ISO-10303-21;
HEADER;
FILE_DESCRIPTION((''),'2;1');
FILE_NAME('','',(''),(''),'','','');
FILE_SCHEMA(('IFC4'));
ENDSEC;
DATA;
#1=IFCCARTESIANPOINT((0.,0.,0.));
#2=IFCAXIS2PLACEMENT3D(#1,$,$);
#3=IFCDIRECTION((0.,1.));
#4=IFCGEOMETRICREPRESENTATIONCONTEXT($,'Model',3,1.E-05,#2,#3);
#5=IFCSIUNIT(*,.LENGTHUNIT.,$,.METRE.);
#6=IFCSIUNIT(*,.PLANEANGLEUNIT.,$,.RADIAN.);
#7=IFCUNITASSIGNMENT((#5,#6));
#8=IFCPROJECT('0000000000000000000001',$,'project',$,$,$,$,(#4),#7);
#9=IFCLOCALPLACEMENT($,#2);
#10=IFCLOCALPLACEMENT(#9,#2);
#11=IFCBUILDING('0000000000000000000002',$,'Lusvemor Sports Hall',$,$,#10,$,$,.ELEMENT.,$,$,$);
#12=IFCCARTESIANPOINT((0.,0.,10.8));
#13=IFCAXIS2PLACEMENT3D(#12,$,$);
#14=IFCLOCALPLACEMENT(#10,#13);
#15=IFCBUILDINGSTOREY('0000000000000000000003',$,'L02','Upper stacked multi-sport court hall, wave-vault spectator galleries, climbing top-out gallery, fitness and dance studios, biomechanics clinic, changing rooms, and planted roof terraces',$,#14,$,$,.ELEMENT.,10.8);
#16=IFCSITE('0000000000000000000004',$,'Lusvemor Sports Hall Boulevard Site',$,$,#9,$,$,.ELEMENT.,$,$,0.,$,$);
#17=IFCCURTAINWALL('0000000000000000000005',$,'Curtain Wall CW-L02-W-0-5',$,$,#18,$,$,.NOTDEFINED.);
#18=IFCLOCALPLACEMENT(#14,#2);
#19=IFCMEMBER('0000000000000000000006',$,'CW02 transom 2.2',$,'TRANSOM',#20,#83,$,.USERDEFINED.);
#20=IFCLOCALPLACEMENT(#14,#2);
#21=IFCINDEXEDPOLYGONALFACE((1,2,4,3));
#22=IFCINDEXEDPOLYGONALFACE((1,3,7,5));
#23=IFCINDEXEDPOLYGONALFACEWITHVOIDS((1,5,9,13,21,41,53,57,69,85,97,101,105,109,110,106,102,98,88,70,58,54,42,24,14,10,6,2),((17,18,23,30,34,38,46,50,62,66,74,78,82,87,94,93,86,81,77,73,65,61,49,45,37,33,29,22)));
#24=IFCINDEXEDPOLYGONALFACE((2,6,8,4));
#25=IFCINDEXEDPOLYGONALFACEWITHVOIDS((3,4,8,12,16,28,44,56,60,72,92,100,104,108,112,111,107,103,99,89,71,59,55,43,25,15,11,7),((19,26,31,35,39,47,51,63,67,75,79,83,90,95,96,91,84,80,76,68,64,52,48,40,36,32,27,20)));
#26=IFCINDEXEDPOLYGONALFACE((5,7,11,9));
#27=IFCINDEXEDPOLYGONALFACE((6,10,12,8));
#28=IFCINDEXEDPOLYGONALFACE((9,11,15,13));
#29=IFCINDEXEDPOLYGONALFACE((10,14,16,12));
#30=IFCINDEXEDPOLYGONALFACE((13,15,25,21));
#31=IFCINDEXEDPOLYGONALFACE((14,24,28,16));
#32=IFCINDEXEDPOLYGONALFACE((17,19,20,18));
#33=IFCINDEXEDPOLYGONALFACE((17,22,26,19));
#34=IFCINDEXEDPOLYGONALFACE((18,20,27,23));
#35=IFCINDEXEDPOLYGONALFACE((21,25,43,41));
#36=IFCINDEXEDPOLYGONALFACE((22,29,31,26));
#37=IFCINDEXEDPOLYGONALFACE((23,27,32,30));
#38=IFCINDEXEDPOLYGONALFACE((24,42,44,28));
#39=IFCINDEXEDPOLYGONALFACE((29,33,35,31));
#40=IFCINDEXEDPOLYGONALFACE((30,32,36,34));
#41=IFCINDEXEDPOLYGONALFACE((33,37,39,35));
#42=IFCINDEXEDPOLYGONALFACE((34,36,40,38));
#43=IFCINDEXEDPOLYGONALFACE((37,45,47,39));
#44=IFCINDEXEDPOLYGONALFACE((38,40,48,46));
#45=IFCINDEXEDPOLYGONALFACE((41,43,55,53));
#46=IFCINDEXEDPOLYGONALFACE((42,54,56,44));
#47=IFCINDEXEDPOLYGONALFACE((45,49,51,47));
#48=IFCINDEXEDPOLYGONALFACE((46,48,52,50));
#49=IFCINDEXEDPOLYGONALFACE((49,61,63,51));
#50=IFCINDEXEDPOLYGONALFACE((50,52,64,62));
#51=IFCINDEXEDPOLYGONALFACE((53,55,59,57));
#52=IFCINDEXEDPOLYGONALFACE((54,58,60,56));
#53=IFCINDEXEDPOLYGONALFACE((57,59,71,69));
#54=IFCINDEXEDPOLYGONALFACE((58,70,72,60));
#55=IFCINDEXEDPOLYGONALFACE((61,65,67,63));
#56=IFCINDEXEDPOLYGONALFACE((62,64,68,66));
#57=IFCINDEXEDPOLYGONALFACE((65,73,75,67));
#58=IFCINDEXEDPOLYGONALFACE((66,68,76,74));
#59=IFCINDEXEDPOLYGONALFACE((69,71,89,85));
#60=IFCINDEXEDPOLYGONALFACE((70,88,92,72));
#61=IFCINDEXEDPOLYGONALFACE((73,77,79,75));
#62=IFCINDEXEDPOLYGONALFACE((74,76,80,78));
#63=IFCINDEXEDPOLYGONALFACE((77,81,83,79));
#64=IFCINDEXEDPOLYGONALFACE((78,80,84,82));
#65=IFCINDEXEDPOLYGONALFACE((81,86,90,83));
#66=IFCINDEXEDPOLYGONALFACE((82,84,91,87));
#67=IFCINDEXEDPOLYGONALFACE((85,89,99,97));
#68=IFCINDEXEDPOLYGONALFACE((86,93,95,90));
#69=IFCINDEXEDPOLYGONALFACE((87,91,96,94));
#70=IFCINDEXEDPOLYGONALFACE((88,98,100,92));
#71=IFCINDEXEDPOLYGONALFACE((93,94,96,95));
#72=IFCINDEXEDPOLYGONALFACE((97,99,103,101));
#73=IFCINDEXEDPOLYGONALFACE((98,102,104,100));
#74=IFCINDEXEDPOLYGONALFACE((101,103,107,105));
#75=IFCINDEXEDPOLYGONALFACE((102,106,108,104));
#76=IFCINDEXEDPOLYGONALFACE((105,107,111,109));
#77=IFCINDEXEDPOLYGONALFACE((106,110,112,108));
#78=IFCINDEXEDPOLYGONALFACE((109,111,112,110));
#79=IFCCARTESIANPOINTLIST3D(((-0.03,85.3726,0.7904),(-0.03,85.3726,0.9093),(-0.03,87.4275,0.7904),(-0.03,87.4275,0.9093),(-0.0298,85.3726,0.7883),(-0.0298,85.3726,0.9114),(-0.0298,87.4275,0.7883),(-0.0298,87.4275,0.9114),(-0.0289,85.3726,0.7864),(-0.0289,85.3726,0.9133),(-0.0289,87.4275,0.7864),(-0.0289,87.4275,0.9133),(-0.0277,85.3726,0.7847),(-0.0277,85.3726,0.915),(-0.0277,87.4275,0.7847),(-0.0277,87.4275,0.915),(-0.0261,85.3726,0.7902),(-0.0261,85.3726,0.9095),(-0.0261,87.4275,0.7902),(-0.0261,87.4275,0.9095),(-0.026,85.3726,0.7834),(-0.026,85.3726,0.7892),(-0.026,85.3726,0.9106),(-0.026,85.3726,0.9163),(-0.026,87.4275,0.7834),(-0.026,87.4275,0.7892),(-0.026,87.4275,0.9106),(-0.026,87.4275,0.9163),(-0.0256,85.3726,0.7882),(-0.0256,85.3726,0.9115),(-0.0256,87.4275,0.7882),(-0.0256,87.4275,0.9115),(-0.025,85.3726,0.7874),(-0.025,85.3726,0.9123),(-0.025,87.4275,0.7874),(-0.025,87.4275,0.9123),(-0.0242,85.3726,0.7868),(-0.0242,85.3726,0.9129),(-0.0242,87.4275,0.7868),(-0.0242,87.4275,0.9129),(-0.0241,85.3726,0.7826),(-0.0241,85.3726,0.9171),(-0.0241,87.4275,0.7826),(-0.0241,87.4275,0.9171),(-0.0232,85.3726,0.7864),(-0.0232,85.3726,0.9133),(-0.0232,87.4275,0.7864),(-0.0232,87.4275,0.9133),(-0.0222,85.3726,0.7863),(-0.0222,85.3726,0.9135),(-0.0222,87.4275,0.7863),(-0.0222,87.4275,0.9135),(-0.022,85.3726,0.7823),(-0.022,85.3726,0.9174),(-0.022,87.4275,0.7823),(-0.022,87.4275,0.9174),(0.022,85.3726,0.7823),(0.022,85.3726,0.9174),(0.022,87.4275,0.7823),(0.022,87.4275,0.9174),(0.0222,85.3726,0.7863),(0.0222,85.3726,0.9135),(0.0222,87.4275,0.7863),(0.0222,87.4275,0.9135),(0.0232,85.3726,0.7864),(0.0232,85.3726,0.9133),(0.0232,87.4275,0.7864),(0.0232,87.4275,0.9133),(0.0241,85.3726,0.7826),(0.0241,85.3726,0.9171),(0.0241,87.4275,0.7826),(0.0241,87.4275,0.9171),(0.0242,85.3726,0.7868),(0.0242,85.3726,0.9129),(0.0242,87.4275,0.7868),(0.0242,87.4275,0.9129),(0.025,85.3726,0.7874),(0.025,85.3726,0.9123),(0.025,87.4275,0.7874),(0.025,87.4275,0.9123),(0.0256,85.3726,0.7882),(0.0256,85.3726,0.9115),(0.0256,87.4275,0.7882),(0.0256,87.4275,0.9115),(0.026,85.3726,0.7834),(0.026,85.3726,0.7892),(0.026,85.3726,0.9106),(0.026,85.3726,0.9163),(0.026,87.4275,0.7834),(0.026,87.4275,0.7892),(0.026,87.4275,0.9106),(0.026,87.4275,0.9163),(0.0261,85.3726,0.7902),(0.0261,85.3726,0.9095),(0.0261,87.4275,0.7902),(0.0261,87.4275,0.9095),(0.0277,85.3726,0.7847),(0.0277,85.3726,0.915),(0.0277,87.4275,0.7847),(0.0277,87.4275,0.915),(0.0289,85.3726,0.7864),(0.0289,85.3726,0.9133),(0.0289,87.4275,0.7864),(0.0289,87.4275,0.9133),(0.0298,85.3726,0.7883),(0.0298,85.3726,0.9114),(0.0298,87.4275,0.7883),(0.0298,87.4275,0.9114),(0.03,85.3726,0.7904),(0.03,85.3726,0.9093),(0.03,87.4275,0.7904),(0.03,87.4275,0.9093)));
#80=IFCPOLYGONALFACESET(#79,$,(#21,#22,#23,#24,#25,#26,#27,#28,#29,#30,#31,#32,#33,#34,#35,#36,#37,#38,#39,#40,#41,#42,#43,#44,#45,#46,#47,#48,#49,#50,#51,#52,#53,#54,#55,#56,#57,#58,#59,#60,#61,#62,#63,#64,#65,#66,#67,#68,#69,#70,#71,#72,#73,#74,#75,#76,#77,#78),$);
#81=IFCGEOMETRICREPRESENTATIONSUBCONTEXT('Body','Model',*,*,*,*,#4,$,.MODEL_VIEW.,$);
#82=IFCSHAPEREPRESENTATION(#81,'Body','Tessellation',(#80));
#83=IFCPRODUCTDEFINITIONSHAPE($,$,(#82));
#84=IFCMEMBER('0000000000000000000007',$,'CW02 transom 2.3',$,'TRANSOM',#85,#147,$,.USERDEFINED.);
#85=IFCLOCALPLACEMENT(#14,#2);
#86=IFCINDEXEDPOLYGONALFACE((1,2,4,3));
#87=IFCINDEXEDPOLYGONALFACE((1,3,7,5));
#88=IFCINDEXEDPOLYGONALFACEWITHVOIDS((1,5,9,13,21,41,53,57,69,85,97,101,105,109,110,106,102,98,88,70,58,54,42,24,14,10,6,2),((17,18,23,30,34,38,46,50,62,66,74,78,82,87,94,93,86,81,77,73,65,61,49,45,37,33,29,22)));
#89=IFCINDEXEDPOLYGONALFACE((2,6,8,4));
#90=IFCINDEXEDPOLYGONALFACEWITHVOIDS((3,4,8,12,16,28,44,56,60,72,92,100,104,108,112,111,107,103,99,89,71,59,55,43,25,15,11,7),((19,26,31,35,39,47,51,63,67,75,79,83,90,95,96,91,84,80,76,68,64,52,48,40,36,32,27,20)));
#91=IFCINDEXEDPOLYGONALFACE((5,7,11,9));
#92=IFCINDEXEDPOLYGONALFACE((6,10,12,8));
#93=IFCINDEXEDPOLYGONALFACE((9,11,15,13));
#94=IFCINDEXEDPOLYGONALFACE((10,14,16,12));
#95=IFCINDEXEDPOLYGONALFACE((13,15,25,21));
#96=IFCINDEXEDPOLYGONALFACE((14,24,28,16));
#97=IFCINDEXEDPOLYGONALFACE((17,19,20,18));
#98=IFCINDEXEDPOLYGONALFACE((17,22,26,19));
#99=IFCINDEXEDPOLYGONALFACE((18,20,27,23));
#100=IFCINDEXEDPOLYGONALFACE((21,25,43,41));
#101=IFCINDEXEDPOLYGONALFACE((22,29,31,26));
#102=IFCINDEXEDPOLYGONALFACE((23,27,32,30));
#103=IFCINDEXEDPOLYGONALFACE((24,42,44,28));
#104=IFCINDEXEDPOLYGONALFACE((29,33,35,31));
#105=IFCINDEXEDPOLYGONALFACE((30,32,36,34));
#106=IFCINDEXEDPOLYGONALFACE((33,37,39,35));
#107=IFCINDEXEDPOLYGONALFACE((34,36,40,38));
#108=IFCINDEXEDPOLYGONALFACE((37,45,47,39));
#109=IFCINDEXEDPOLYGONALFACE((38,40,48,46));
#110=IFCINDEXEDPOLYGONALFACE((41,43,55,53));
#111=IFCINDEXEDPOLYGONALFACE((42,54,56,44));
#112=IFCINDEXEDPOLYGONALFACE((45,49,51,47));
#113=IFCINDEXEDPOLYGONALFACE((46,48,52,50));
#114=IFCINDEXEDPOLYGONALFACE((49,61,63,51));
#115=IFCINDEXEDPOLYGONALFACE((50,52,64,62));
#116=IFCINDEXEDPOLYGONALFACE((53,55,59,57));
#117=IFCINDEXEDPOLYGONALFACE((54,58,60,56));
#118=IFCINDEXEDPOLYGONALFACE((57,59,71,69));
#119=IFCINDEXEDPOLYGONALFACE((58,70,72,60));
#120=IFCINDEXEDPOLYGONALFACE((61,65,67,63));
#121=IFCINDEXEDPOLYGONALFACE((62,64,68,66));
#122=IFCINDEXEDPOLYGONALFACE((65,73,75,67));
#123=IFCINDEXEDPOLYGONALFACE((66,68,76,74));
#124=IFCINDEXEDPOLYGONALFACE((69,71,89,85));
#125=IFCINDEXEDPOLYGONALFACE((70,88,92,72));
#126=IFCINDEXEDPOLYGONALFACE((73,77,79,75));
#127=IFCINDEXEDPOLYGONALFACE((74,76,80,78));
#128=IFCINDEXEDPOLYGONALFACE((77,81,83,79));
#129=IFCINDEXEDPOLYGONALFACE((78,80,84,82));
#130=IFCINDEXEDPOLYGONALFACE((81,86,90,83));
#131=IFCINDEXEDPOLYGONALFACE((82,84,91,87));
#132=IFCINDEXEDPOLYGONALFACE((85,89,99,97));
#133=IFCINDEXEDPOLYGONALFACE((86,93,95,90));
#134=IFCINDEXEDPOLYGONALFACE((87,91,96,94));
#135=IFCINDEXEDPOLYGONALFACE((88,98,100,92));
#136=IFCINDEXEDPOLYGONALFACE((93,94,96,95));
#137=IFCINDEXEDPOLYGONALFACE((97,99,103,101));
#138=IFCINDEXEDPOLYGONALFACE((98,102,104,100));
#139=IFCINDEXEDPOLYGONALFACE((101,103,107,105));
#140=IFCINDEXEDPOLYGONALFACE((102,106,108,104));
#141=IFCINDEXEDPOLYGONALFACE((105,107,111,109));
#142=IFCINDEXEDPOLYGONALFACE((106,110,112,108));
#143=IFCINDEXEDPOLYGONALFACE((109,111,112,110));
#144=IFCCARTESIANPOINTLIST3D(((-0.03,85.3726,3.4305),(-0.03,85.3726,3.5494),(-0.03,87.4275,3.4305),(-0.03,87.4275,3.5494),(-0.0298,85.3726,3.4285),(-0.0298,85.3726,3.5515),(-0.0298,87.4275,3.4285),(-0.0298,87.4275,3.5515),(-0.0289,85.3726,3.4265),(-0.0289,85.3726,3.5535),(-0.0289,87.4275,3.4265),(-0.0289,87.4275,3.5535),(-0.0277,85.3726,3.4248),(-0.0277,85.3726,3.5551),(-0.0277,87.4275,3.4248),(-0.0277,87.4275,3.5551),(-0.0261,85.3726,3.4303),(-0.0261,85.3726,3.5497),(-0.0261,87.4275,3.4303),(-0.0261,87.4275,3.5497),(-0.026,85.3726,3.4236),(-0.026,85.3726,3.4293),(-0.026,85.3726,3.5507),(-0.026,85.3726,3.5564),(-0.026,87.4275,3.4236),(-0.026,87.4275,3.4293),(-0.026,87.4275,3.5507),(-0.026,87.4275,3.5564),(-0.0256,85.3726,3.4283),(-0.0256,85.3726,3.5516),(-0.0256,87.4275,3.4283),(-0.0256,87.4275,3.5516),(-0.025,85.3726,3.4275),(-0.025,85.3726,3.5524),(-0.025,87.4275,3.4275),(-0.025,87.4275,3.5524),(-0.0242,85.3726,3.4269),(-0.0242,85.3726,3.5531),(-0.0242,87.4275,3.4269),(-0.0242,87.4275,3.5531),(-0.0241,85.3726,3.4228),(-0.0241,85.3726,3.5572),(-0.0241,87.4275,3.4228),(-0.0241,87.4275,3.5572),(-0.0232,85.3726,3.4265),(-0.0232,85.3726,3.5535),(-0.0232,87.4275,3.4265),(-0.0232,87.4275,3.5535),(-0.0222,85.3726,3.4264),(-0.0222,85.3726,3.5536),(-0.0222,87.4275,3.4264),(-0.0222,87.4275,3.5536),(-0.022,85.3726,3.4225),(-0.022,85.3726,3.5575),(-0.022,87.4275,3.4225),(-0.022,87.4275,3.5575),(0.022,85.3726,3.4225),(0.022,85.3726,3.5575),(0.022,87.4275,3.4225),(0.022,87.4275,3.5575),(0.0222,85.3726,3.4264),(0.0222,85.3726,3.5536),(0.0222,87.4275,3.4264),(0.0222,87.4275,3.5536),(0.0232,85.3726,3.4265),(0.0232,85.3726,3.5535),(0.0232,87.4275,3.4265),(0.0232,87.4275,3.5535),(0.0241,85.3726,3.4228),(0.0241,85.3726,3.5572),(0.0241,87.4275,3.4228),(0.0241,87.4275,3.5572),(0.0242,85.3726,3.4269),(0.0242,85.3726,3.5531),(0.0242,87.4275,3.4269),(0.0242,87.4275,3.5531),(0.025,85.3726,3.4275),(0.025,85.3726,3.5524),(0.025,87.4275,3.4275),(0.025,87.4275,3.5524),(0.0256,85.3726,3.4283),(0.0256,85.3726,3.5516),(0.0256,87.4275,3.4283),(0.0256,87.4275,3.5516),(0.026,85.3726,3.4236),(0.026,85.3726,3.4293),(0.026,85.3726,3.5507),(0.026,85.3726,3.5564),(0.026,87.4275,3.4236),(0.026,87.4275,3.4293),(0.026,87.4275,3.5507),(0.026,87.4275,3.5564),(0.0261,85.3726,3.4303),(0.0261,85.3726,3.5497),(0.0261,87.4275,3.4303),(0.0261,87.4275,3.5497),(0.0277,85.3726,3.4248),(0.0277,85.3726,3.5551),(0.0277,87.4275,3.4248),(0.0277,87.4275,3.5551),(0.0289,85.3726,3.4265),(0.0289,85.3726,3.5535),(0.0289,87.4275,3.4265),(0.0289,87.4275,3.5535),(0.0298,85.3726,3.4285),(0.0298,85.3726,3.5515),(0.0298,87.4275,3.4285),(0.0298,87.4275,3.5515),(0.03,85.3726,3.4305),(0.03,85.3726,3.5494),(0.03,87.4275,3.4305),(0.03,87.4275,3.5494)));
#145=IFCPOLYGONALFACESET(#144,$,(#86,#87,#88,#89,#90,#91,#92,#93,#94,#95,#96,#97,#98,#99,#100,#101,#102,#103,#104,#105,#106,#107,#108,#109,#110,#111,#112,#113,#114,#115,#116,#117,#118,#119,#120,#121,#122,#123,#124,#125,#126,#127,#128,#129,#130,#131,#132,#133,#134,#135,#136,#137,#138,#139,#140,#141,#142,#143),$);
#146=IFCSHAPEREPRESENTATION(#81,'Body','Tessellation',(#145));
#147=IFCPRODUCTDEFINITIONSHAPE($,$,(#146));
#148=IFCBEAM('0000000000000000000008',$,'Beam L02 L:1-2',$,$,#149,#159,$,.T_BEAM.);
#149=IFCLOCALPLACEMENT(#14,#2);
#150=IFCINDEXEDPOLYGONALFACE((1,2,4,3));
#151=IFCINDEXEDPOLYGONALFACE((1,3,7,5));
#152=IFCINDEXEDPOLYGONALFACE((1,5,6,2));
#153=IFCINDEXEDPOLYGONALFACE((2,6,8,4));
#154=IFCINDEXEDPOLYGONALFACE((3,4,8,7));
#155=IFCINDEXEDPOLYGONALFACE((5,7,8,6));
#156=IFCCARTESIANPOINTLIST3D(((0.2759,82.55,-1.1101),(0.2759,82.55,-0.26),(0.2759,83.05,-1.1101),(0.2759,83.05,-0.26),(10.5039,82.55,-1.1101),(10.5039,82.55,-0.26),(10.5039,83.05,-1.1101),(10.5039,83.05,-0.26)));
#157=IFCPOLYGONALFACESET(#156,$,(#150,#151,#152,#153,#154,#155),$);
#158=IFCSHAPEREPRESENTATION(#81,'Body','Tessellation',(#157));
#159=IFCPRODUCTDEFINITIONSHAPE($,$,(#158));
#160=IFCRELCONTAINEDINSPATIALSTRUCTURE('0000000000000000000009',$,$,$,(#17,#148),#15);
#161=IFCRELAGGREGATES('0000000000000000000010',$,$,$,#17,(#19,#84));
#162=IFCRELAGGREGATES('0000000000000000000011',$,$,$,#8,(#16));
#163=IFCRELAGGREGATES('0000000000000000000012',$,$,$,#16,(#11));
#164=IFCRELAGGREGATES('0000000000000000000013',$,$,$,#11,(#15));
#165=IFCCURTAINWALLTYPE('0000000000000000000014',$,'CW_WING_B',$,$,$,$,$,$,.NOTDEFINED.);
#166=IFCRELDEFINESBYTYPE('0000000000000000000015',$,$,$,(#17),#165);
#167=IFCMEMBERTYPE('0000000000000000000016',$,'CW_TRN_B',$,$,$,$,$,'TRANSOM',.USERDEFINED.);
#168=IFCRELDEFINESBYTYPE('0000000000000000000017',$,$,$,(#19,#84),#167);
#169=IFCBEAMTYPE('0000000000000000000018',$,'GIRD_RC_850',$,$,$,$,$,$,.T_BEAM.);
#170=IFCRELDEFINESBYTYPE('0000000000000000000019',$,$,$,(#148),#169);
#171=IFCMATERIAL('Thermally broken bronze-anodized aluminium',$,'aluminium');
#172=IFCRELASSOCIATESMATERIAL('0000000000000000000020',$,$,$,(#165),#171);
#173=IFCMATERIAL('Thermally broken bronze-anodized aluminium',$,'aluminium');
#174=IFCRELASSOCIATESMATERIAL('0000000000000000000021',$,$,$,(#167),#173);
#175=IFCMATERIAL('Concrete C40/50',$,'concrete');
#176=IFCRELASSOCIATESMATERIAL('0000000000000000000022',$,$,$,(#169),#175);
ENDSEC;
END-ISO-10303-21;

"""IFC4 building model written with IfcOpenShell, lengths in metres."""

from ifc_helpers import new_model, si_unit, direction, frame, origin, origin_2d, place, context, subcontext, project, spatial, rectangle, hollow_rectangle, extrude, material, material_profile, profile_set, type_object, element, aggregate, save


model = new_model("IFC4")

# Units and contexts
model_context = context("Model", 3, precision=1e-05, world=origin(), true_north=direction((0.0, 1.0)))
body_context = subcontext(model_context, "Body", "Model", "MODEL_VIEW")
ifc_project = project(units=[si_unit("LENGTHUNIT", "METRE"), si_unit("PLANEANGLEUNIT", "RADIAN")], contexts=[model_context])

# Site, building, storey
site_placement = place(None, origin())
site = spatial("IfcSite", under=ifc_project, at=site_placement, Name="Lusvemor Sports Hall Boulevard Site", CompositionType="ELEMENT", RefElevation=0.0)
building_placement = place(site_placement, origin())
building = spatial("IfcBuilding", under=site, at=building_placement, Name="Lusvemor Sports Hall", CompositionType="ELEMENT")
storey_placement = place(building_placement, frame((0.0, 0.0, 10.8)))
storey = spatial("IfcBuildingStorey", under=building, at=storey_placement, Name="L02", Description="Upper stacked multi-sport court hall, wave-vault spectator galleries, climbing top-out gallery, fitness and dance studios, biomechanics clinic, changing rooms, and planted roof terraces", CompositionType="ELEMENT", Elevation=10.8)

# Curtain wall, members
ifc_material_1 = material(Name="Thermally broken bronze-anodized aluminium", Category="aluminium")
curtain_wall_type = type_object("IfcCurtainWallType", Name="CW_WING_B", PredefinedType="NOTDEFINED", material=ifc_material_1)
curtain_wall_placement = place(storey_placement, origin())
curtain_wall = element("IfcCurtainWall", 1, at=curtain_wall_placement, inside=storey, type_object=curtain_wall_type, Name="Curtain Wall CW-L02-W-0-5", PredefinedType="NOTDEFINED")
ifc_material_2 = material(Name="Thermally broken bronze-anodized aluminium", Category="aluminium")
ifc_material_profile_1 = material_profile(ifc_material_2, hollow_rectangle(XDim=0.0601, YDim=0.135, WallThickness=0.0039, InnerFilletRadius=0.0039, OuterFilletRadius=0.0081, at=origin_2d()), Name="CWTRN135x60x4")
ifc_profile_set_1 = profile_set([ifc_material_profile_1], Name="Thermally broken bronze-anodized aluminium")
member_type_1 = type_object("IfcMemberType", Name="CW_TRN_B", ElementType="TRANSOM", PredefinedType="USERDEFINED", material=ifc_profile_set_1)
member_1_placement = place(storey_placement, frame((0.0, 85.3726, 0.8499), z_axis=(0.0, 1.0, 0.0), x_axis=(-1.0, 0.0, 0.0)))
member_1 = element("IfcMember", 2, at=member_1_placement, type_object=member_type_1, Name="CW02 transom 2.2", ObjectType="TRANSOM", PredefinedType="USERDEFINED", context=body_context, shape_type="SweptSolid", body=[
    extrude(hollow_rectangle(XDim=0.0601, YDim=0.135, WallThickness=0.0039, InnerFilletRadius=0.0039, OuterFilletRadius=0.0081, at=origin_2d()), origin(), (0.0, 0.0, 1.0), 2.0549),
])
member_2_placement = place(storey_placement, frame((0.0, 85.3726, 3.49), z_axis=(0.0, 1.0, 0.0), x_axis=(-1.0, 0.0, 0.0)))
member_2 = element("IfcMember", 3, at=member_2_placement, type_object=member_type_1, Name="CW02 transom 2.3", ObjectType="TRANSOM", PredefinedType="USERDEFINED", context=body_context, shape_type="SweptSolid", body=[
    extrude(hollow_rectangle(XDim=0.0601, YDim=0.135, WallThickness=0.0039, InnerFilletRadius=0.0039, OuterFilletRadius=0.0081, at=origin_2d()), origin(), (0.0, 0.0, 1.0), 2.0549),
])

# Beam
ifc_material_3 = material(Name="Concrete C40/50", Category="concrete")
ifc_material_profile_2 = material_profile(ifc_material_3, rectangle(XDim=0.5, YDim=0.8501, at=origin_2d()), Name="RC500x850")
ifc_profile_set_2 = profile_set([ifc_material_profile_2], Name="Concrete C40/50")
beam_type_1 = type_object("IfcBeamType", Name="GIRD_RC_850", PredefinedType="T_BEAM", material=ifc_profile_set_2)
beam_1_placement = place(storey_placement, frame((0.2759, 82.8, -0.6851), z_axis=(1.0, 0.0, 0.0), x_axis=(0.0, 1.0, 0.0)))
element("IfcBeam", 4, at=beam_1_placement, inside=storey, type_object=beam_type_1, Name="Beam L02 L:1-2", PredefinedType="T_BEAM", context=body_context, shape_type="SweptSolid", body=[
    extrude(rectangle(XDim=0.5, YDim=0.8501, at=origin_2d()), origin(), (0.0, 0.0, 1.0), 10.228),
])

aggregate(curtain_wall, [member_1, member_2])

save(model, "model.ifc")
